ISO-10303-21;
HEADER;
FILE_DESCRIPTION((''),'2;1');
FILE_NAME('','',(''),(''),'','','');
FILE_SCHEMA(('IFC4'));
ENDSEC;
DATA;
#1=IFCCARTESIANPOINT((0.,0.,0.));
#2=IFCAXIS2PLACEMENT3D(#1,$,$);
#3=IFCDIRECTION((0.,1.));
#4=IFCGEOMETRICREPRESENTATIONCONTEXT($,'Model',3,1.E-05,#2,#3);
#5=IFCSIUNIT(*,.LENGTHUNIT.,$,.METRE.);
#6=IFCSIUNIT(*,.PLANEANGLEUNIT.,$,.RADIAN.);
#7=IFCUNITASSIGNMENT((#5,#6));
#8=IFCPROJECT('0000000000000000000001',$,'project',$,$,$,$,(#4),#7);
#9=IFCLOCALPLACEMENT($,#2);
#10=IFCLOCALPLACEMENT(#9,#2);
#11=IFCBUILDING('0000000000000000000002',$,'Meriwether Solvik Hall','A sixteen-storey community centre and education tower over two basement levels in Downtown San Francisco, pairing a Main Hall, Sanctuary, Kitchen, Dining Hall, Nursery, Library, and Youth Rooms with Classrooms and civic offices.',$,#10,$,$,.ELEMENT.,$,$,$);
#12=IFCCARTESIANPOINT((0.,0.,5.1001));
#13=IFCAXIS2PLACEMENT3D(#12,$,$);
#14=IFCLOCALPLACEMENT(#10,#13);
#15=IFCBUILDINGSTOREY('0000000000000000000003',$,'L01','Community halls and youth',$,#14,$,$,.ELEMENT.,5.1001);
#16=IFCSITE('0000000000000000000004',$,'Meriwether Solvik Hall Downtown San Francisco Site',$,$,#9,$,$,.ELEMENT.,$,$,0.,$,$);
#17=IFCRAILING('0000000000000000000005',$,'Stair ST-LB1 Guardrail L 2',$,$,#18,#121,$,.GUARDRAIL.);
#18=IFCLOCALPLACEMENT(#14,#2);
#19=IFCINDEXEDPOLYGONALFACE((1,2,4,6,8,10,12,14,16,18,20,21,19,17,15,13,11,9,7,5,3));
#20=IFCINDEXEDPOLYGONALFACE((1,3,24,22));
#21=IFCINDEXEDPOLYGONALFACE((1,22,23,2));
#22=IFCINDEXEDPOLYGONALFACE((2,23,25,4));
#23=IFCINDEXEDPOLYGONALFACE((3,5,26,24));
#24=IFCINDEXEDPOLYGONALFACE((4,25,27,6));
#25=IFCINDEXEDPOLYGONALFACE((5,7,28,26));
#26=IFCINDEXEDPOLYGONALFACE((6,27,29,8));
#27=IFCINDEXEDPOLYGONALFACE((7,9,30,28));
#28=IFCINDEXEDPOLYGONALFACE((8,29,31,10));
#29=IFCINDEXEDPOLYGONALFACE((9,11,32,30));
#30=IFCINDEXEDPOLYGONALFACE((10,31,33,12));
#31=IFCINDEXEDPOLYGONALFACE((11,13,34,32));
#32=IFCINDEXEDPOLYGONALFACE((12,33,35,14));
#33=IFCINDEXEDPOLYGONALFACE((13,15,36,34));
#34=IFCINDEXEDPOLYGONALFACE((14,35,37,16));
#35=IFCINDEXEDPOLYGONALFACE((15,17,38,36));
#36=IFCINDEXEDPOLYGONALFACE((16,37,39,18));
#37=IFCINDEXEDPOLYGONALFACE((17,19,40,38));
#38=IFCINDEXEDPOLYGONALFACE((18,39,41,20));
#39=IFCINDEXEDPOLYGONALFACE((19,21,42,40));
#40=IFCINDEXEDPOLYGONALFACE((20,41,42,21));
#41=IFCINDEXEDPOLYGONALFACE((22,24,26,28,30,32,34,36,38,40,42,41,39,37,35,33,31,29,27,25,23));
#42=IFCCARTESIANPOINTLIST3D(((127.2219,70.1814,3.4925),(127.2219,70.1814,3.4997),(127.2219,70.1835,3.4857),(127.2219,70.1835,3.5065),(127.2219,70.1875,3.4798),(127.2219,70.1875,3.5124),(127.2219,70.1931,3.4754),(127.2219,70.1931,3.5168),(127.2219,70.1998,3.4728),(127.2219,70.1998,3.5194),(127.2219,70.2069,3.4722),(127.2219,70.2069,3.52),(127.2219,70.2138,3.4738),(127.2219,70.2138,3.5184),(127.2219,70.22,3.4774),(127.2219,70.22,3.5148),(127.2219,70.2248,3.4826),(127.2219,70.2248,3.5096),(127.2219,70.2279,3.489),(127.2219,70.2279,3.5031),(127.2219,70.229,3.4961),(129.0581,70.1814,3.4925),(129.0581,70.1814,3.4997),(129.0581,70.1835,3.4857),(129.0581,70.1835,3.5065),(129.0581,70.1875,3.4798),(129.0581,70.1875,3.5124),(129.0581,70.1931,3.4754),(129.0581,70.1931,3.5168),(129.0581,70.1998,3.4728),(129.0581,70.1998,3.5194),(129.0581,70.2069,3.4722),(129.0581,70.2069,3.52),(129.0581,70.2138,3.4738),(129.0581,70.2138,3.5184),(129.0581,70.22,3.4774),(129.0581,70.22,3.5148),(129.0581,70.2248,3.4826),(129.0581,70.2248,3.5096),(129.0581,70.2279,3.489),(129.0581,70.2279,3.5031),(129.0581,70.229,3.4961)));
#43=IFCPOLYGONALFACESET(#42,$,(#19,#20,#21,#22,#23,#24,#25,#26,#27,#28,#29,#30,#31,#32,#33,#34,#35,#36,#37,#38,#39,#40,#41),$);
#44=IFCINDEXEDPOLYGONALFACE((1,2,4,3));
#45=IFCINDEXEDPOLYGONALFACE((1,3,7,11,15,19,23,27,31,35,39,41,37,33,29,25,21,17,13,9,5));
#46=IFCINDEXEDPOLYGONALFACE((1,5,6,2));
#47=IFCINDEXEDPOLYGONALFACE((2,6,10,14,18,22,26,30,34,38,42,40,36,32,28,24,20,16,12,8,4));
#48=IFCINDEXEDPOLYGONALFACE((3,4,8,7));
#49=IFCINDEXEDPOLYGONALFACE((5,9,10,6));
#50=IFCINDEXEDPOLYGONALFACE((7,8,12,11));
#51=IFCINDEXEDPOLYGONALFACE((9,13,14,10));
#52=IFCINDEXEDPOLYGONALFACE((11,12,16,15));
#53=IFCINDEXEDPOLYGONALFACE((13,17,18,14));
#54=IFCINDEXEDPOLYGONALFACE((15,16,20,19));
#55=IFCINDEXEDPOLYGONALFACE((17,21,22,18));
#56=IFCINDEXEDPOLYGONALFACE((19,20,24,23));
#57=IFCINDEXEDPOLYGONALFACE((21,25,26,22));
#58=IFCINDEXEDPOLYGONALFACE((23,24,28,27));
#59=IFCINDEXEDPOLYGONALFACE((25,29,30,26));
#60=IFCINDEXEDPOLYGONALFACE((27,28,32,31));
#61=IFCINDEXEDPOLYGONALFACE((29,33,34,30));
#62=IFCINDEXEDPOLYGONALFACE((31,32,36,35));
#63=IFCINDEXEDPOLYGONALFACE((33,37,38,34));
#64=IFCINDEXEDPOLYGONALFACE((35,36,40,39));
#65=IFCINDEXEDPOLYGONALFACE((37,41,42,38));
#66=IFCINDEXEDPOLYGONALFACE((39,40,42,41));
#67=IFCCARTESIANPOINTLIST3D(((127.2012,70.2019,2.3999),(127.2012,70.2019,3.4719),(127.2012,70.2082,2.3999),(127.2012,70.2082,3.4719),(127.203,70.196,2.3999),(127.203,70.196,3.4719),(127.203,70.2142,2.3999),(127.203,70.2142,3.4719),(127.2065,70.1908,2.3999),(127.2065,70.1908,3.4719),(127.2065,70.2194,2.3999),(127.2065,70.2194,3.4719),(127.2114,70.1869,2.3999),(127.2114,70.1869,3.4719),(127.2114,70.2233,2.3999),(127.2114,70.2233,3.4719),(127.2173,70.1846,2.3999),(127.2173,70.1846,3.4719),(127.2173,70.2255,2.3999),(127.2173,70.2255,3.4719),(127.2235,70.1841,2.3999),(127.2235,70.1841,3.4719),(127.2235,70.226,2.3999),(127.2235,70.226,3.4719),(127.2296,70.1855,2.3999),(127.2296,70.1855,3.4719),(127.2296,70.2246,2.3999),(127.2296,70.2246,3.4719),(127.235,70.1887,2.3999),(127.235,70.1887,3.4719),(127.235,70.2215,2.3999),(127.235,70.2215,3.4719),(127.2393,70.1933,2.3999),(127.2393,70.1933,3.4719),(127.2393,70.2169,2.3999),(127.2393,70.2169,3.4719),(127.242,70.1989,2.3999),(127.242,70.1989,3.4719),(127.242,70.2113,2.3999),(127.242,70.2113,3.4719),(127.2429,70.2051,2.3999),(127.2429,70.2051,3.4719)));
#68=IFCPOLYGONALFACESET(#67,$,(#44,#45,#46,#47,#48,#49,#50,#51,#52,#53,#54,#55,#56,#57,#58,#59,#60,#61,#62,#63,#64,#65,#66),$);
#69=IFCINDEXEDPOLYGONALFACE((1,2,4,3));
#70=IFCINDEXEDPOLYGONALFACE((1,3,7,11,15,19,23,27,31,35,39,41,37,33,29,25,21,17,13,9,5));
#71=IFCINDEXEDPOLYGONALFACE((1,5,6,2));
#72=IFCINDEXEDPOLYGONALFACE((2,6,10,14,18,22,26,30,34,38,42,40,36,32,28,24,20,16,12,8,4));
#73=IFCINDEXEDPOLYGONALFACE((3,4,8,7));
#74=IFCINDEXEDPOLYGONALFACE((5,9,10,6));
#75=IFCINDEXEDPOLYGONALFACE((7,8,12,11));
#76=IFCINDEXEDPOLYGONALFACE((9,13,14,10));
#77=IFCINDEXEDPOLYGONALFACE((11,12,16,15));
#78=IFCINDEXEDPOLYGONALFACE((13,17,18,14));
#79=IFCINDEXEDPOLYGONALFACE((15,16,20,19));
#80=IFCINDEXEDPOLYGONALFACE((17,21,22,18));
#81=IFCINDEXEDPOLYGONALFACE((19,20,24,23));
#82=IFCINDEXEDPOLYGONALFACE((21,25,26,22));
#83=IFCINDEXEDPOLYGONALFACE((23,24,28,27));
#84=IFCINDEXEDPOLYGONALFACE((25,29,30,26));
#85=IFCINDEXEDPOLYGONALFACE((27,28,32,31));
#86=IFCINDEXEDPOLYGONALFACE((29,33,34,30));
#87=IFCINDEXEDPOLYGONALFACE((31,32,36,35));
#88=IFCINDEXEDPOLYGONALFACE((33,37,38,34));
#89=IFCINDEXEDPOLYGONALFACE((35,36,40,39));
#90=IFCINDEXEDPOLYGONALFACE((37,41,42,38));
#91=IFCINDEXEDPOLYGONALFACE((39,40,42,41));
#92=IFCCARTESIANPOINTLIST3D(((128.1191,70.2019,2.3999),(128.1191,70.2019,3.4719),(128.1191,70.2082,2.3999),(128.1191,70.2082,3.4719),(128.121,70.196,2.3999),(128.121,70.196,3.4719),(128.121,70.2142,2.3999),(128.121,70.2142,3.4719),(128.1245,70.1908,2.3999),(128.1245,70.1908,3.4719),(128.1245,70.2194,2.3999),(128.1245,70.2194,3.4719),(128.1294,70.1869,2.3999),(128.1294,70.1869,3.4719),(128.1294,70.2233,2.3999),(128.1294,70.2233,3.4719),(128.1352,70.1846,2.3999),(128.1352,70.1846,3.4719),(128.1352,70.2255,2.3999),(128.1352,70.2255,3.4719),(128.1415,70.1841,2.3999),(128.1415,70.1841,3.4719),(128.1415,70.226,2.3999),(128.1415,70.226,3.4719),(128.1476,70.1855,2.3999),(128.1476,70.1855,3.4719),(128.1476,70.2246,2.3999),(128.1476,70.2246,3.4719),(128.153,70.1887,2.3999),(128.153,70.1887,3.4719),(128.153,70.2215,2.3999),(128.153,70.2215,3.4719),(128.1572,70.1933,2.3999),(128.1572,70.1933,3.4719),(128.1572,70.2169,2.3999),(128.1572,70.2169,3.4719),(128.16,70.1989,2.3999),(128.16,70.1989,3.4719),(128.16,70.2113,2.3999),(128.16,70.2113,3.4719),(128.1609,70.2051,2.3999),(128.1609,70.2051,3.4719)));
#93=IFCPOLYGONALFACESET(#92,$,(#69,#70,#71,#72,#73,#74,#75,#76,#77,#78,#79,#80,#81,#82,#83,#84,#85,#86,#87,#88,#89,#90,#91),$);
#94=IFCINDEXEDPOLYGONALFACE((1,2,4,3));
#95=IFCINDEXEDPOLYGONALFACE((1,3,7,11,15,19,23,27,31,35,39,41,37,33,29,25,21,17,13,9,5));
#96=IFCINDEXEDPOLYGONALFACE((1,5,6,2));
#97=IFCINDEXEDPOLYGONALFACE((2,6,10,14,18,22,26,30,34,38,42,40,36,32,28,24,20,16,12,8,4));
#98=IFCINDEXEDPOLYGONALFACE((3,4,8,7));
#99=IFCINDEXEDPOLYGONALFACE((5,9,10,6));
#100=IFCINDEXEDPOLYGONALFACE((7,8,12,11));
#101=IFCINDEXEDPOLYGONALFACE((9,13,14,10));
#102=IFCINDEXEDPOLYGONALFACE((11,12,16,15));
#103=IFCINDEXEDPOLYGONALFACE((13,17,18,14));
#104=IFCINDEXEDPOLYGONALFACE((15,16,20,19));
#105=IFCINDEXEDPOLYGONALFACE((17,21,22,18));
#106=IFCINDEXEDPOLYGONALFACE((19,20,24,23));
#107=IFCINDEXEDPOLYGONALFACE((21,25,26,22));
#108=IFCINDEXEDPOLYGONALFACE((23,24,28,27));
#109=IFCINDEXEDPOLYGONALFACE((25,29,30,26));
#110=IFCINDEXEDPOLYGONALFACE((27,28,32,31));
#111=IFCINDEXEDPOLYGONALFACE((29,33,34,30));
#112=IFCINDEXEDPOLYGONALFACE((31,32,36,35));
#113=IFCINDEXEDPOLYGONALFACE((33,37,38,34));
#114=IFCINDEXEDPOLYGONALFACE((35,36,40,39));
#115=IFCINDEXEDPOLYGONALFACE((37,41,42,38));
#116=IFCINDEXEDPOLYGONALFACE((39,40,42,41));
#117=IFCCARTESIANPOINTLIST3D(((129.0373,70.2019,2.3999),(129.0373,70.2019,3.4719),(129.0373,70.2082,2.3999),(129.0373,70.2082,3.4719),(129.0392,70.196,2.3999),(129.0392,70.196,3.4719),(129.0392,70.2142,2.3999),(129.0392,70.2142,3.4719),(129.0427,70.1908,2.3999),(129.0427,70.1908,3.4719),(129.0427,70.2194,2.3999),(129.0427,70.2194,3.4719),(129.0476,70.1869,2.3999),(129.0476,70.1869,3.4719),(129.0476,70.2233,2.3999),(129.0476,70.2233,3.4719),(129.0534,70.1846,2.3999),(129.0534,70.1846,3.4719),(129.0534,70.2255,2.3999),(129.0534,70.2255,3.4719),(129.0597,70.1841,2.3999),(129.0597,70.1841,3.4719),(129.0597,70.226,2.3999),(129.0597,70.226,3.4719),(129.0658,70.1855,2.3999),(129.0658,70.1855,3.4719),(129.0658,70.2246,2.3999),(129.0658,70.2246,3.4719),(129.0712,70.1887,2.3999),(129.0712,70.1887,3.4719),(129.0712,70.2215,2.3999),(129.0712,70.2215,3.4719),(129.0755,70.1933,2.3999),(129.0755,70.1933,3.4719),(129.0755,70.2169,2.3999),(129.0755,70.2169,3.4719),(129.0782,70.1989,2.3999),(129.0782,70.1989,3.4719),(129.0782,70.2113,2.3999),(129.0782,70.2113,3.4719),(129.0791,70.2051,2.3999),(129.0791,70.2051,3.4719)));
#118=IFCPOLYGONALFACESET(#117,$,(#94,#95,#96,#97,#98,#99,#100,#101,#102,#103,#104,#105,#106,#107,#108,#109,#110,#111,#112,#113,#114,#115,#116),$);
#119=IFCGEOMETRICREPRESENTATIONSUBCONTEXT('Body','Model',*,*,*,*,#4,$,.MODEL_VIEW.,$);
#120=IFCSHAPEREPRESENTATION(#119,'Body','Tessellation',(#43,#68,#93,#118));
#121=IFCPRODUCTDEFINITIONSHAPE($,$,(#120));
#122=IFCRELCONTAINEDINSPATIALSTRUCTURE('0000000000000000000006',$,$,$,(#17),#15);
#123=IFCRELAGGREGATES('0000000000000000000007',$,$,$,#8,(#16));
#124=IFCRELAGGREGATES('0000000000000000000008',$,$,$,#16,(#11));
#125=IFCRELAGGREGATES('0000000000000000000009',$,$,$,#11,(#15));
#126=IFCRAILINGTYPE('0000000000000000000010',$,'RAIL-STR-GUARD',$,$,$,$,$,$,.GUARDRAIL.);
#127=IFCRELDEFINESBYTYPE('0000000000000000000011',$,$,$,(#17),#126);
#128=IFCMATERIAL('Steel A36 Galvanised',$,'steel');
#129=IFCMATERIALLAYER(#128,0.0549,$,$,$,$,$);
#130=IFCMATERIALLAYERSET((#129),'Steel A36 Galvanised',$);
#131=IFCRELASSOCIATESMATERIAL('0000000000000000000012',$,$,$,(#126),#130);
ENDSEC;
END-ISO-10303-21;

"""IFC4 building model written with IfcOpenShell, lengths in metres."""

from ifc_helpers import new_model, si_unit, direction, frame, origin, origin_2d, place, context, subcontext, project, spatial, circle, extrude, material, layer, layer_set, type_object, element, save


model = new_model("IFC4")

# Units and contexts
model_context = context("Model", 3, precision=1e-05, world=origin(), true_north=direction((0.0, 1.0)))
body_context = subcontext(model_context, "Body", "Model", "MODEL_VIEW")
ifc_project = project(units=[si_unit("LENGTHUNIT", "METRE"), si_unit("PLANEANGLEUNIT", "RADIAN")], contexts=[model_context])

# Site, building, storey
site_placement = place(None, origin())
site = spatial("IfcSite", under=ifc_project, at=site_placement, Name="Meriwether Solvik Hall Downtown San Francisco Site", CompositionType="ELEMENT", RefElevation=0.0)
building_placement = place(site_placement, origin())
building = spatial("IfcBuilding", under=site, at=building_placement, Name="Meriwether Solvik Hall", Description="A sixteen-storey community centre and education tower over two basement levels in Downtown San Francisco, pairing a Main Hall, Sanctuary, Kitchen, Dining Hall, Nursery, Library, and Youth Rooms with Classrooms and civic offices.", CompositionType="ELEMENT")
storey_placement = place(building_placement, frame((0.0, 0.0, 5.1001)))
storey = spatial("IfcBuildingStorey", under=building, at=storey_placement, Name="L01", Description="Community halls and youth", CompositionType="ELEMENT", Elevation=5.1001)

# Railing
ifc_material_1 = material(Name="Steel A36 Galvanised", Category="steel")
ifc_layer_1 = layer(ifc_material_1, 0.0549)
ifc_layer_set_1 = layer_set([ifc_layer_1], Name="Steel A36 Galvanised")
railing_type_1 = type_object("IfcRailingType", Name="RAIL-STR-GUARD", PredefinedType="GUARDRAIL", material=ifc_layer_set_1)
railing_1_placement = place(storey_placement, frame((127.2219, 70.2051, 2.3999)))
element("IfcRailing", 1, at=railing_1_placement, inside=storey, type_object=railing_type_1, Name="Stair ST-LB1 Guardrail L 2", PredefinedType="GUARDRAIL", context=body_context, shape_type="SweptSolid", body=[
    extrude(circle(Radius=0.0239, at=origin_2d()), frame((0.0, 0.0, 1.0962), z_axis=(1.0, 0.0, 0.0), x_axis=(0.0, 1.0, 0.0)), (0.0, 0.0, 1.0), 1.8362),
    extrude(circle(Radius=0.021, at=origin_2d()), origin(), (0.0, 0.0, 1.0), 1.072),
    extrude(circle(Radius=0.021, at=origin_2d()), frame((0.918, 0.0, 0.0)), (0.0, 0.0, 1.0), 1.072),
    extrude(circle(Radius=0.021, at=origin_2d()), frame((1.8362, 0.0, 0.0)), (0.0, 0.0, 1.0), 1.072),
])

save(model, "model.ifc")
